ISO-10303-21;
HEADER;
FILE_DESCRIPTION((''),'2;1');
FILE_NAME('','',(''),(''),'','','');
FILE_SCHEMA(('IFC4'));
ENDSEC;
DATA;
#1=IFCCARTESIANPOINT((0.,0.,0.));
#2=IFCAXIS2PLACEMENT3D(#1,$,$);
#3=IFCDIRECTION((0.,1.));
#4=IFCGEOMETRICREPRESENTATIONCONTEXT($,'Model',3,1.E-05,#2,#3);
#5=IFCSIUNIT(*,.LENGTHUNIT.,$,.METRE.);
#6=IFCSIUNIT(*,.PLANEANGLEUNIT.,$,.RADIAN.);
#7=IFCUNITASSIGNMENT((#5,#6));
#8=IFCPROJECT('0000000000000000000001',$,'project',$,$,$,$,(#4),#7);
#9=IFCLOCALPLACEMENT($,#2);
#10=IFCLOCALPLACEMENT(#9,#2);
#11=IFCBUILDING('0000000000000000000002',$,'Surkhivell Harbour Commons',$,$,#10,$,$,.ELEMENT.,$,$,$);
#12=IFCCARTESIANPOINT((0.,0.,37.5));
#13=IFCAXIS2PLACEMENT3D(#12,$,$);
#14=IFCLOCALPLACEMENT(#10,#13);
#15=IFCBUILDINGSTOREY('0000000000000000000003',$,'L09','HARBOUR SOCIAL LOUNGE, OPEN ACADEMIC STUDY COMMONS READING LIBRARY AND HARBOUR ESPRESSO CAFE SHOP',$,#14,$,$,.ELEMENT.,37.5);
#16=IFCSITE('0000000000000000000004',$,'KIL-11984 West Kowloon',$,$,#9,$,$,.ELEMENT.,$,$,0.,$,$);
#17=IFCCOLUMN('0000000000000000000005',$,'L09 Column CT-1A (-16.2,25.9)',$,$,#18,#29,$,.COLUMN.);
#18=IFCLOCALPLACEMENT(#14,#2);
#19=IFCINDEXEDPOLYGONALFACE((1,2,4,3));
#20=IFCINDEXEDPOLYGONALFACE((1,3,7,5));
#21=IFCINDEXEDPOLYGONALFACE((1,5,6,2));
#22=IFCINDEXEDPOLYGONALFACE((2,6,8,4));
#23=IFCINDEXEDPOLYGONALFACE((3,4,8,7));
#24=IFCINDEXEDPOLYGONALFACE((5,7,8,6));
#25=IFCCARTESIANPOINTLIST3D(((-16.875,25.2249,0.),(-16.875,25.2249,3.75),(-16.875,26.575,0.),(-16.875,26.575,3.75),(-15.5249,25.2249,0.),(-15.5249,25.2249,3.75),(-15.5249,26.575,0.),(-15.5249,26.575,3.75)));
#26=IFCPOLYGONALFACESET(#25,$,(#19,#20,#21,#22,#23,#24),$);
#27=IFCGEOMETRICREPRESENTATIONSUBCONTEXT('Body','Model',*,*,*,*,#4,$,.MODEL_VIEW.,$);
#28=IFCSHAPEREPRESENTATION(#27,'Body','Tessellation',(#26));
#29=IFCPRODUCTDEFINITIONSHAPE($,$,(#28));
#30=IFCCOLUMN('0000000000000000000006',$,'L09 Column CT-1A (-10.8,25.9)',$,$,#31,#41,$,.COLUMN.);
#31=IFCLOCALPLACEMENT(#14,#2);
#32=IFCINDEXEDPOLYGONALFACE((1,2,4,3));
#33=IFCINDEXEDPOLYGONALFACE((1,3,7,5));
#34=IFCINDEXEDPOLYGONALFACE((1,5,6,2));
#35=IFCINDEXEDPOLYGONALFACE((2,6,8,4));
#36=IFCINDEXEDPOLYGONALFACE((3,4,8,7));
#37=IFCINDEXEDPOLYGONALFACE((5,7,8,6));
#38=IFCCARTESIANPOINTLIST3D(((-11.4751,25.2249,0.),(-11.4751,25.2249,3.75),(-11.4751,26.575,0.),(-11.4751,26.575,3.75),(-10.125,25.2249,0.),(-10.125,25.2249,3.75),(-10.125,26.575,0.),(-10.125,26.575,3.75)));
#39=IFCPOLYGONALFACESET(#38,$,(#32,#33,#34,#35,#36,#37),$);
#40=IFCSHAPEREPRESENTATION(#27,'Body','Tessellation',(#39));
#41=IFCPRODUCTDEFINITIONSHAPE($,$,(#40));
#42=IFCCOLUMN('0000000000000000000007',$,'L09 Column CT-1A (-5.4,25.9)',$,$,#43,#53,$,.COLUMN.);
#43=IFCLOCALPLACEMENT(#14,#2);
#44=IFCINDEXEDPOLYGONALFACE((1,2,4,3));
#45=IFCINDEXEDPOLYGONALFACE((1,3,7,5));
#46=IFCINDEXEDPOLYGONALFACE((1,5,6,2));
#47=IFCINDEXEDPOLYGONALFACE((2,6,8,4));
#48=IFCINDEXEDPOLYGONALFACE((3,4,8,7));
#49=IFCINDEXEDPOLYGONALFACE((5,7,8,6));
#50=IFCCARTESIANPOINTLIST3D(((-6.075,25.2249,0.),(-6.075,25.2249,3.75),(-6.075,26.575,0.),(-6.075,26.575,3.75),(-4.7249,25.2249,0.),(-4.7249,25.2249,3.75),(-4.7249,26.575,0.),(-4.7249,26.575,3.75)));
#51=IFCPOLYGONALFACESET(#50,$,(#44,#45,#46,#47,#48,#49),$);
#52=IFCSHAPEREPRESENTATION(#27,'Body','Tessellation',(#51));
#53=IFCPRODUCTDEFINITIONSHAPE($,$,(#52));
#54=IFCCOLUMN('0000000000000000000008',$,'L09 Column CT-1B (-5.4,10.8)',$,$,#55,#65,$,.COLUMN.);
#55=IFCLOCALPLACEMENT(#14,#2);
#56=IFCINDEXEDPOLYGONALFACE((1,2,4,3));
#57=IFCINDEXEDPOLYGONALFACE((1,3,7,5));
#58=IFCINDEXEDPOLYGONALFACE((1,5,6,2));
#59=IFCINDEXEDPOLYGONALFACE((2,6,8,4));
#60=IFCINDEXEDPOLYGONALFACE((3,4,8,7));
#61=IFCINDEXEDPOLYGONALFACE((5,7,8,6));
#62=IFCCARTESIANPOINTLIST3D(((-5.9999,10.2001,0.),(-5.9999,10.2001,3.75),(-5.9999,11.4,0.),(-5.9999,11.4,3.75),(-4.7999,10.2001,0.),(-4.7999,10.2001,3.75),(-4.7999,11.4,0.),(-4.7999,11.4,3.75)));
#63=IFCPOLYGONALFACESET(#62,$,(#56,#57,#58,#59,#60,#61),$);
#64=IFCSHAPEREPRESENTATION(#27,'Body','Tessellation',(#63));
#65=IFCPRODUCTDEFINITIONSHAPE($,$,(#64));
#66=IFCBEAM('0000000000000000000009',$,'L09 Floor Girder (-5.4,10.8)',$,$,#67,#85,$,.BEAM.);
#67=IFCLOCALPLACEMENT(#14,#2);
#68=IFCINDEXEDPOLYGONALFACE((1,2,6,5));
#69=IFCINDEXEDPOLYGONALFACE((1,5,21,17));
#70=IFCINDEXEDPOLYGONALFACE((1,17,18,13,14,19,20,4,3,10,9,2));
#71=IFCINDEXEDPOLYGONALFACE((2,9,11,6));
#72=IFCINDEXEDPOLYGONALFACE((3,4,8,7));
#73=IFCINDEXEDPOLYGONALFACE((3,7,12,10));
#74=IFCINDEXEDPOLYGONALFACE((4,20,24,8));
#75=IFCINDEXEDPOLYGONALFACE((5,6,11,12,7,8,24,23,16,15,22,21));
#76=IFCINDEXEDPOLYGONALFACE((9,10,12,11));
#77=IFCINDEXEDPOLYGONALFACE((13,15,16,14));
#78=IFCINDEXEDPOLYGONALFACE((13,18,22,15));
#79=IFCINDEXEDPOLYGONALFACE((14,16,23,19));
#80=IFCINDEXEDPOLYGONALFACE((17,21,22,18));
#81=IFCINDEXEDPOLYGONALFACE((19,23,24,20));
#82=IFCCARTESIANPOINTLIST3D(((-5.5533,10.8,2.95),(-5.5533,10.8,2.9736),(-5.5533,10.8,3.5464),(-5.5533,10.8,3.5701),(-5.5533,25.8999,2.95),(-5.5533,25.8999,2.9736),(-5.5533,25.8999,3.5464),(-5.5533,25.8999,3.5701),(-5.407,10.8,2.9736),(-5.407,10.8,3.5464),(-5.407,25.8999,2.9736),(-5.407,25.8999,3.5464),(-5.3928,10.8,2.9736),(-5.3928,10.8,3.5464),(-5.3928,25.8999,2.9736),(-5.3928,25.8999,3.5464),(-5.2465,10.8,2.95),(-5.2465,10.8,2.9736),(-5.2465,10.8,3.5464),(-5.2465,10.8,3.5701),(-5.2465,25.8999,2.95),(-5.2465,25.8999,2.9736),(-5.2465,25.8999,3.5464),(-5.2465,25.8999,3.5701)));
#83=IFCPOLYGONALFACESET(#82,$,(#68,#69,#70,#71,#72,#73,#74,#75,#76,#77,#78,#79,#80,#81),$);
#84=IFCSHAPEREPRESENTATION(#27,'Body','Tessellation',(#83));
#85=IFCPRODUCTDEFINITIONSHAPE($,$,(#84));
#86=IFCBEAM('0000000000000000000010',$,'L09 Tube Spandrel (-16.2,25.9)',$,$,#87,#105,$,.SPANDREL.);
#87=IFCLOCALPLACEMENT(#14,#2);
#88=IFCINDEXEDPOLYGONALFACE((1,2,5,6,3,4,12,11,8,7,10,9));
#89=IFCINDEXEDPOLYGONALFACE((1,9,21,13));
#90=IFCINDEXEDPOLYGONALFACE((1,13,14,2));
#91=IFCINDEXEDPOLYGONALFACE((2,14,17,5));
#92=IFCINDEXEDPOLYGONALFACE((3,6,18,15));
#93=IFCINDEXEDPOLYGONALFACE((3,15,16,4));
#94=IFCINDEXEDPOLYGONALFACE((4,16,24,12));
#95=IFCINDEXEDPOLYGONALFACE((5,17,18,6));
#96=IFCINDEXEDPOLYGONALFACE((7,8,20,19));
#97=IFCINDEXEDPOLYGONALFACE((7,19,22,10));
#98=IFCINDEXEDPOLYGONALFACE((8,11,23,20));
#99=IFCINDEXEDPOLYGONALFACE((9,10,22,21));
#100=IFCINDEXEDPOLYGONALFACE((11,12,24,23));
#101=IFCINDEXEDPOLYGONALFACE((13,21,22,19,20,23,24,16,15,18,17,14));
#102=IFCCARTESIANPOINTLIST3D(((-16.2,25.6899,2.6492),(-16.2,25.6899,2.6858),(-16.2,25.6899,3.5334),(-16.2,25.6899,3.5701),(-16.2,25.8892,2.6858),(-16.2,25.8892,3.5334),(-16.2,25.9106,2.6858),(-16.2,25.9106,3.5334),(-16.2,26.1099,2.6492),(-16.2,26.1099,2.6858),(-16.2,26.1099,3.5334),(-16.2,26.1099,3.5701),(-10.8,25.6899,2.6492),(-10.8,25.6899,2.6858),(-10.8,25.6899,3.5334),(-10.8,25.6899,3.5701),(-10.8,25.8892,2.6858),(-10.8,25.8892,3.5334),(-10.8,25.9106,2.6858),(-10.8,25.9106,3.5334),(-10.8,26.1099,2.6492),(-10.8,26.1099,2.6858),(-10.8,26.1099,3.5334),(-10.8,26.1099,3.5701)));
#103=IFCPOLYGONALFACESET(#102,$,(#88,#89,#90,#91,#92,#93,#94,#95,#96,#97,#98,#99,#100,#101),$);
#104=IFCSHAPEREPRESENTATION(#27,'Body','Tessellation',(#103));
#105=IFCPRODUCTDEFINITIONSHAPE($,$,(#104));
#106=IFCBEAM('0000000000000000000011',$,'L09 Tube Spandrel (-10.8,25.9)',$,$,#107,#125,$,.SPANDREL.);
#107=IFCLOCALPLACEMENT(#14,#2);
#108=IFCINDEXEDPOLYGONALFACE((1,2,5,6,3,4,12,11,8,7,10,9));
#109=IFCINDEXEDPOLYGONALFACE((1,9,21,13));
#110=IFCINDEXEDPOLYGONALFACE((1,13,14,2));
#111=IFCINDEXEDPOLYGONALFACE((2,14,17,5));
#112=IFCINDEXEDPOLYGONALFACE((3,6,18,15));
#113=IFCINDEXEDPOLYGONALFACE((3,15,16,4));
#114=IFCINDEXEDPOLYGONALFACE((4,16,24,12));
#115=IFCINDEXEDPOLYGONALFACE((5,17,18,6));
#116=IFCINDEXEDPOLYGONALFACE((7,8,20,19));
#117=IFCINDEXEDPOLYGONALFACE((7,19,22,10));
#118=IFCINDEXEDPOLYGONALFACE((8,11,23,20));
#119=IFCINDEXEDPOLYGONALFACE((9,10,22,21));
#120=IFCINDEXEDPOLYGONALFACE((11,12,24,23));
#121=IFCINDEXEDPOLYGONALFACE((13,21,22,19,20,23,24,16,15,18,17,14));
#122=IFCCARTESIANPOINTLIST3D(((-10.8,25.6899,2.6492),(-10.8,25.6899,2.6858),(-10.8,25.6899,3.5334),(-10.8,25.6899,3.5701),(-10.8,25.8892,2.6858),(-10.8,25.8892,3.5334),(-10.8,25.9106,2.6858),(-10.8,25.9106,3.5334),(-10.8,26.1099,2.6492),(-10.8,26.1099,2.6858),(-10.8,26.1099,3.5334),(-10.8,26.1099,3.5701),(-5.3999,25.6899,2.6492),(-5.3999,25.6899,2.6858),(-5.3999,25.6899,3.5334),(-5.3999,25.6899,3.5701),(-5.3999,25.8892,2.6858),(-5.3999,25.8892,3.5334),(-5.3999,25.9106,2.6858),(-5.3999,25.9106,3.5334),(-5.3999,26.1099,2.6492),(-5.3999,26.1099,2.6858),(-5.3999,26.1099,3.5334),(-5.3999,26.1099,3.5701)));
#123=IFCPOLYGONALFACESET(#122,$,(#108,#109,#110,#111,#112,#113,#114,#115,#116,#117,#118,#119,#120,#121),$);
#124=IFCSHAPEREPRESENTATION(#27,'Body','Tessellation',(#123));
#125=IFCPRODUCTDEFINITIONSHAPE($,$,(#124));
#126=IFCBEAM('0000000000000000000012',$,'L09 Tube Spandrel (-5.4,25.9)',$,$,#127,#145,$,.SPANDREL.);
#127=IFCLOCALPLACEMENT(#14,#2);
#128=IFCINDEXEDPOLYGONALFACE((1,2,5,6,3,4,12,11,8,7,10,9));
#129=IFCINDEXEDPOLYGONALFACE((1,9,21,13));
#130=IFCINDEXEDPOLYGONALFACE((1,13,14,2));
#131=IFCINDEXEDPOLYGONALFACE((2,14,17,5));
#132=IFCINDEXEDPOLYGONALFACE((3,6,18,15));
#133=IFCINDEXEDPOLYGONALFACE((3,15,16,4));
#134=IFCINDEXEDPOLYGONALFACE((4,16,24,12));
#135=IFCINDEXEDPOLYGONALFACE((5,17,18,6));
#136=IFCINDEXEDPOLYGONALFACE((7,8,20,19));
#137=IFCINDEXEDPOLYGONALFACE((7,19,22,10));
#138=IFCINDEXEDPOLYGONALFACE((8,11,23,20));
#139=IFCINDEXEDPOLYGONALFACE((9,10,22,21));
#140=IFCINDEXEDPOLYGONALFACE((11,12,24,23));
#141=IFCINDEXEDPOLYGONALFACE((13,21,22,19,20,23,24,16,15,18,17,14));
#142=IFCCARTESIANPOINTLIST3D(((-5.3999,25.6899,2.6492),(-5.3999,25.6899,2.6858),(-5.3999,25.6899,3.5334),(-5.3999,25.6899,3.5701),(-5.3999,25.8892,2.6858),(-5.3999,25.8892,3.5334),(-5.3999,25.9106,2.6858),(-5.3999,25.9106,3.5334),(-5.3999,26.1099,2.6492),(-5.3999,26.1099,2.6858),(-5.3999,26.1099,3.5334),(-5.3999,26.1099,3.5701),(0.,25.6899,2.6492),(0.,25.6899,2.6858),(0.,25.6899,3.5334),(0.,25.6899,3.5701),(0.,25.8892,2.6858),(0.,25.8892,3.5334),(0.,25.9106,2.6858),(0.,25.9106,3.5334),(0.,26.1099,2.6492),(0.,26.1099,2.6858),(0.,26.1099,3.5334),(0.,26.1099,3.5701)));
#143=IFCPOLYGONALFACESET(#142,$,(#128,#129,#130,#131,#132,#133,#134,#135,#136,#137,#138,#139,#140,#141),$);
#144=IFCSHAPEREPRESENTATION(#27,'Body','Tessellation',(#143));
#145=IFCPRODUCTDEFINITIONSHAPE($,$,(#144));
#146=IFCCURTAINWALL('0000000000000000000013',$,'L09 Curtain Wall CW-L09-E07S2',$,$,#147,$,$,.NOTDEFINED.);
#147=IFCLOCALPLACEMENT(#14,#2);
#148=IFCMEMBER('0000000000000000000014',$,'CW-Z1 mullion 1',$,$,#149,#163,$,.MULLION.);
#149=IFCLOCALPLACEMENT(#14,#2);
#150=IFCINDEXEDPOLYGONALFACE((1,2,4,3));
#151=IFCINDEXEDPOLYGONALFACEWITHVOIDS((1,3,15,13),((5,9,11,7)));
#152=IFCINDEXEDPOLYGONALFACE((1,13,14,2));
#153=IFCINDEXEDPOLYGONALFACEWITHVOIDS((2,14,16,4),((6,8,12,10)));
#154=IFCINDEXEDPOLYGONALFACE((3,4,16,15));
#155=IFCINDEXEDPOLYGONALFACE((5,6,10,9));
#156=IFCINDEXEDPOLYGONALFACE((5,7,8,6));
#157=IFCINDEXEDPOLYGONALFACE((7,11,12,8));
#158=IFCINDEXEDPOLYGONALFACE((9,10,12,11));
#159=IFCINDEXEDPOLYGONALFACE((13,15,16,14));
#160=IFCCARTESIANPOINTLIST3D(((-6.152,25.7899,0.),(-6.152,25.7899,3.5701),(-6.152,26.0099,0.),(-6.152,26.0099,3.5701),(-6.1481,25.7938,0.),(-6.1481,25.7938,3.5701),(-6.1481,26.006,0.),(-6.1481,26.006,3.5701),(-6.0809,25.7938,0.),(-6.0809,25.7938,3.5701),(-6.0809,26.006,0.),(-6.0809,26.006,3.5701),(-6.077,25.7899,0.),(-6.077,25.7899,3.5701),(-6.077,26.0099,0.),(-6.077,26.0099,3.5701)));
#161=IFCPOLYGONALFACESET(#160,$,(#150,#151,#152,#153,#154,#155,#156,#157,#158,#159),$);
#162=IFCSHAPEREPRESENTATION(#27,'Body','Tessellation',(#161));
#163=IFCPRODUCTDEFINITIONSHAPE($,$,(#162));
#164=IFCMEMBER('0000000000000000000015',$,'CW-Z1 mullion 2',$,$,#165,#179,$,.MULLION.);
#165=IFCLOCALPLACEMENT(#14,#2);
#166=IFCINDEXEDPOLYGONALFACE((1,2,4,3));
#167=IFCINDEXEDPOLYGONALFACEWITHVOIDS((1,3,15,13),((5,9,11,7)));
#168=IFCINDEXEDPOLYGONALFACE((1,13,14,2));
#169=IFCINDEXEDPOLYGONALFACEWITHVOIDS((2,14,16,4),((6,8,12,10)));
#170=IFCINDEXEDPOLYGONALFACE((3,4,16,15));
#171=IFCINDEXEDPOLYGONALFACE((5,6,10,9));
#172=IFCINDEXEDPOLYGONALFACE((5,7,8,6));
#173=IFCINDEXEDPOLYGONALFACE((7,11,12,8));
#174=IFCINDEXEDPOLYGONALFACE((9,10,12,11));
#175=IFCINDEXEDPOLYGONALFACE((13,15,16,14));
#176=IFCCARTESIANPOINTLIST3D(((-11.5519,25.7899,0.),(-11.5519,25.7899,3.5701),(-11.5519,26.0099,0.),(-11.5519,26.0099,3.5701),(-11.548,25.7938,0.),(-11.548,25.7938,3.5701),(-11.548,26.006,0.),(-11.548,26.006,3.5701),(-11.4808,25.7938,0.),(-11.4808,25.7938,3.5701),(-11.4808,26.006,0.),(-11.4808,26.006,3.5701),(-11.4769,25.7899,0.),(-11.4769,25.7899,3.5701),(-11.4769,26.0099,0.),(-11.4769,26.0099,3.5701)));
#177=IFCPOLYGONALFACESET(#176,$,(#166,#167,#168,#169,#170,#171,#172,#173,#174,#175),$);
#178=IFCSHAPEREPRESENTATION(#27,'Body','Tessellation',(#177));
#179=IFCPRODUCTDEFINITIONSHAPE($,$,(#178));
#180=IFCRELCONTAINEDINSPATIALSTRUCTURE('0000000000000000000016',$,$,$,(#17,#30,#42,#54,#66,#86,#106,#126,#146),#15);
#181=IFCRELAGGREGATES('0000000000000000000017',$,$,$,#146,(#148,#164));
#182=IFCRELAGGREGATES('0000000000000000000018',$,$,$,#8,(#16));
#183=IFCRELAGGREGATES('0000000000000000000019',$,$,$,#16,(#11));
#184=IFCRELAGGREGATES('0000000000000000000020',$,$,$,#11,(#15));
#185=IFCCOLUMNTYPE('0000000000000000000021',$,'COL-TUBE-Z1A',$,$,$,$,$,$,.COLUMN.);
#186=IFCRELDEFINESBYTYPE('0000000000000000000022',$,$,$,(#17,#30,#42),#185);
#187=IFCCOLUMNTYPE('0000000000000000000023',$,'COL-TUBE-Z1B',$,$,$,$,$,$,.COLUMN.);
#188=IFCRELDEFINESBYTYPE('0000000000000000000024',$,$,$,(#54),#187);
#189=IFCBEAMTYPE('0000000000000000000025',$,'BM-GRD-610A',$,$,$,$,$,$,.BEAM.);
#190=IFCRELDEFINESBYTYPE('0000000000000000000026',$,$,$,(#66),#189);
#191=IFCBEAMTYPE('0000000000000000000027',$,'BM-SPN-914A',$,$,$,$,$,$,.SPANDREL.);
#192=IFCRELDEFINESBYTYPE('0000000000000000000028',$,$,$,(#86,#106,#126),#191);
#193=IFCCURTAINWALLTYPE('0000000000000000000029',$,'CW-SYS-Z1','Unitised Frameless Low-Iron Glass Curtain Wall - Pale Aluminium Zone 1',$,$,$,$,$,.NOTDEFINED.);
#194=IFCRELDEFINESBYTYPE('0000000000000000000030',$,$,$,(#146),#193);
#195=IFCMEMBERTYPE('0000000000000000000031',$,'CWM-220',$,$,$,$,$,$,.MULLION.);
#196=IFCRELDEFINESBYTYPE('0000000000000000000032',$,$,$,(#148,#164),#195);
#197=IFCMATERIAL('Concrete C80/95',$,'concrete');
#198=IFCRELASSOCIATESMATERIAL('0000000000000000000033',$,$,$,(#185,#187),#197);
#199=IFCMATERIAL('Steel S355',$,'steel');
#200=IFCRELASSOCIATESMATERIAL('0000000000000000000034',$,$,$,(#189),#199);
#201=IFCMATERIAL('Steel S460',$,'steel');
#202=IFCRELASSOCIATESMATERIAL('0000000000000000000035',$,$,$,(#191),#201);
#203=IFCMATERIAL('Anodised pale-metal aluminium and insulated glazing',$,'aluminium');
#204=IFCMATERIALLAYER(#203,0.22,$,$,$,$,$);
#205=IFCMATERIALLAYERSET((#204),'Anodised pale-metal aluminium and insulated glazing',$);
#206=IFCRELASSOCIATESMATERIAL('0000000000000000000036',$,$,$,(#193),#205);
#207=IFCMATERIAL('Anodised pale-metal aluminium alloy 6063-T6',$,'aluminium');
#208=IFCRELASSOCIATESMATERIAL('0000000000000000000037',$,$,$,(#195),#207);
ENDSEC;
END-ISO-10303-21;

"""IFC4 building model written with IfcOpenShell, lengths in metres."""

from ifc_helpers import new_model, si_unit, direction, frame, origin, origin_2d, place, context, subcontext, project, spatial, rectangle, hollow_rectangle, i_section, extrude, material, layer, layer_set, material_profile, profile_set, type_object, element, aggregate, save


model = new_model("IFC4")

# Units and contexts
model_context = context("Model", 3, precision=1e-05, world=origin(), true_north=direction((0.0, 1.0)))
body_context = subcontext(model_context, "Body", "Model", "MODEL_VIEW")
ifc_project = project(units=[si_unit("LENGTHUNIT", "METRE"), si_unit("PLANEANGLEUNIT", "RADIAN")], contexts=[model_context])

# Site, building, storey
site_placement = place(None, origin())
site = spatial("IfcSite", under=ifc_project, at=site_placement, Name="KIL-11984 West Kowloon", CompositionType="ELEMENT", RefElevation=0.0)
building_placement = place(site_placement, origin())
building = spatial("IfcBuilding", under=site, at=building_placement, Name="Surkhivell Harbour Commons", CompositionType="ELEMENT")
storey_placement = place(building_placement, frame((0.0, 0.0, 37.5)))
storey = spatial("IfcBuildingStorey", under=building, at=storey_placement, Name="L09", Description="HARBOUR SOCIAL LOUNGE, OPEN ACADEMIC STUDY COMMONS READING LIBRARY AND HARBOUR ESPRESSO CAFE SHOP", CompositionType="ELEMENT", Elevation=37.5)

# Columns
ifc_material_1 = material(Name="Concrete C80/95", Category="concrete")
ifc_material_profile_1 = material_profile(ifc_material_1, rectangle(XDim=1.3501, YDim=1.3501, at=origin_2d()), Name="RC-COL-1350x1350")
ifc_profile_set_1 = profile_set([ifc_material_profile_1], Name="Concrete C80/95")
column_type_1 = type_object("IfcColumnType", Name="COL-TUBE-Z1A", PredefinedType="COLUMN", material=ifc_profile_set_1)
for number, where, z_axis, x_axis, name in (
    (1, (-16.2, 25.8999, 0.0), (0.0, 0.0, 1.0), (1.0, 0.0, 0.0), "L09 Column CT-1A (-16.2,25.9)"),
    (2, (-10.8, 25.8999, 0.0), (0.0, 0.0, 1.0), (1.0, 0.0, 0.0), "L09 Column CT-1A (-10.8,25.9)"),
    (3, (-5.3999, 25.8999, 0.0), (0.0, 0.0, 1.0), (1.0, 0.0, 0.0), "L09 Column CT-1A (-5.4,25.9)"),
):
    element("IfcColumn", number, at=place(storey_placement, frame(where, z_axis=z_axis, x_axis=x_axis)), inside=storey, type_object=column_type_1, Name=name, PredefinedType="COLUMN", context=body_context, shape_type="SweptSolid", body=[
        extrude(rectangle(XDim=1.3501, YDim=1.3501, at=origin_2d()), origin(), (0.0, 0.0, 1.0), 3.75),
    ])
ifc_material_profile_2 = material_profile(ifc_material_1, rectangle(XDim=1.2, YDim=1.2, at=origin_2d()), Name="RC-COL-1200x1200")
ifc_profile_set_2 = profile_set([ifc_material_profile_2], Name="Concrete C80/95")
column_type_2 = type_object("IfcColumnType", Name="COL-TUBE-Z1B", PredefinedType="COLUMN", material=ifc_profile_set_2)
column_placement = place(storey_placement, frame((-5.3999, 10.8, 0.0), z_axis=(0.0, 0.0, 1.0), x_axis=(1.0, 0.0, 0.0)))
element("IfcColumn", 4, at=column_placement, inside=storey, type_object=column_type_2, Name="L09 Column CT-1B (-5.4,10.8)", PredefinedType="COLUMN", context=body_context, shape_type="SweptSolid", body=[
    extrude(rectangle(XDim=1.2, YDim=1.2, at=origin_2d()), origin(), (0.0, 0.0, 1.0), 3.75),
])

# Beams
ifc_material_2 = material(Name="Steel S355", Category="steel")
ifc_material_profile_3 = material_profile(ifc_material_2, i_section(OverallWidth=0.3069, OverallDepth=0.6201, WebThickness=0.0142, FlangeThickness=0.0237, at=origin_2d()), Name="UB610x305x179")
ifc_profile_set_3 = profile_set([ifc_material_profile_3], Name="Steel S355")
beam_type_1 = type_object("IfcBeamType", Name="BM-GRD-610A", PredefinedType="BEAM", material=ifc_profile_set_3)
beam_1_placement = place(storey_placement, frame((-5.3999, 10.8, 3.26), z_axis=(0.0, 1.0, 0.0), x_axis=(-1.0, 0.0, 0.0)))
element("IfcBeam", 5, at=beam_1_placement, inside=storey, type_object=beam_type_1, Name="L09 Floor Girder (-5.4,10.8)", PredefinedType="BEAM", context=body_context, shape_type="SweptSolid", body=[
    extrude(i_section(OverallWidth=0.3069, OverallDepth=0.6201, WebThickness=0.0142, FlangeThickness=0.0237, at=origin_2d()), origin(), (0.0, 0.0, 1.0), 15.0999),
])
ifc_material_3 = material(Name="Steel S460", Category="steel")
ifc_material_profile_4 = material_profile(ifc_material_3, i_section(OverallWidth=0.4199, OverallDepth=0.9209, WebThickness=0.0215, FlangeThickness=0.0366, at=origin_2d()), Name="UB914x419x388")
ifc_profile_set_4 = profile_set([ifc_material_profile_4], Name="Steel S460")
beam_type_2 = type_object("IfcBeamType", Name="BM-SPN-914A", PredefinedType="SPANDREL", material=ifc_profile_set_4)
beam_2_placement = place(storey_placement, frame((-16.2, 25.8999, 3.1096), z_axis=(1.0, 0.0, 0.0), x_axis=(0.0, 1.0, 0.0)))
element("IfcBeam", 6, at=beam_2_placement, inside=storey, type_object=beam_type_2, Name="L09 Tube Spandrel (-16.2,25.9)", PredefinedType="SPANDREL", context=body_context, shape_type="SweptSolid", body=[
    extrude(i_section(OverallWidth=0.4199, OverallDepth=0.9209, WebThickness=0.0215, FlangeThickness=0.0366, at=origin_2d()), origin(), (0.0, 0.0, 1.0), 5.3999),
])
beam_3_placement = place(storey_placement, frame((-10.8, 25.8999, 3.1096), z_axis=(1.0, 0.0, 0.0), x_axis=(0.0, 1.0, 0.0)))
element("IfcBeam", 7, at=beam_3_placement, inside=storey, type_object=beam_type_2, Name="L09 Tube Spandrel (-10.8,25.9)", PredefinedType="SPANDREL", context=body_context, shape_type="SweptSolid", body=[
    extrude(i_section(OverallWidth=0.4199, OverallDepth=0.9209, WebThickness=0.0215, FlangeThickness=0.0366, at=origin_2d()), origin(), (0.0, 0.0, 1.0), 5.4001),
])
beam_4_placement = place(storey_placement, frame((-5.3999, 25.8999, 3.1096), z_axis=(1.0, 0.0, 0.0), x_axis=(0.0, 1.0, 0.0)))
element("IfcBeam", 8, at=beam_4_placement, inside=storey, type_object=beam_type_2, Name="L09 Tube Spandrel (-5.4,25.9)", PredefinedType="SPANDREL", context=body_context, shape_type="SweptSolid", body=[
    extrude(i_section(OverallWidth=0.4199, OverallDepth=0.9209, WebThickness=0.0215, FlangeThickness=0.0366, at=origin_2d()), origin(), (0.0, 0.0, 1.0), 5.3999),
])

# Curtain wall, members
ifc_material_4 = material(Name="Anodised pale-metal aluminium and insulated glazing", Category="aluminium")
ifc_layer_1 = layer(ifc_material_4, 0.22)
ifc_layer_set_1 = layer_set([ifc_layer_1], Name="Anodised pale-metal aluminium and insulated glazing")
curtain_wall_type = type_object("IfcCurtainWallType", Name="CW-SYS-Z1", Description="Unitised Frameless Low-Iron Glass Curtain Wall - Pale Aluminium Zone 1", PredefinedType="NOTDEFINED", material=ifc_layer_set_1)
curtain_wall_placement = place(storey_placement, origin())
curtain_wall = element("IfcCurtainWall", 9, at=curtain_wall_placement, inside=storey, type_object=curtain_wall_type, Name="L09 Curtain Wall CW-L09-E07S2", PredefinedType="NOTDEFINED")
ifc_material_5 = material(Name="Anodised pale-metal aluminium alloy 6063-T6", Category="aluminium")
ifc_material_profile_5 = material_profile(ifc_material_5, hollow_rectangle(XDim=0.075, YDim=0.22, WallThickness=0.0039, at=origin_2d()), Name="ALU-MULL-75x220")
ifc_profile_set_5 = profile_set([ifc_material_profile_5], Name="Anodised pale-metal aluminium alloy 6063-T6")
member_type_1 = type_object("IfcMemberType", Name="CWM-220", PredefinedType="MULLION", material=ifc_profile_set_5)
member_1_placement = place(storey_placement, frame((-6.1145, 25.8999, 0.0), z_axis=(0.0, 0.0, 1.0), x_axis=(-1.0, 0.0, 0.0)))
member_1 = element("IfcMember", 10, at=member_1_placement, type_object=member_type_1, Name="CW-Z1 mullion 1", PredefinedType="MULLION", context=body_context, shape_type="SweptSolid", body=[
    extrude(hollow_rectangle(XDim=0.075, YDim=0.22, WallThickness=0.0039, at=origin_2d()), origin(), (0.0, 0.0, 1.0), 3.5701),
])
member_2_placement = place(storey_placement, frame((-11.5144, 25.8999, 0.0), z_axis=(0.0, 0.0, 1.0), x_axis=(-1.0, 0.0, 0.0)))
member_2 = element("IfcMember", 11, at=member_2_placement, type_object=member_type_1, Name="CW-Z1 mullion 2", PredefinedType="MULLION", context=body_context, shape_type="SweptSolid", body=[
    extrude(hollow_rectangle(XDim=0.075, YDim=0.22, WallThickness=0.0039, at=origin_2d()), origin(), (0.0, 0.0, 1.0), 3.5701),
])
aggregate(curtain_wall, [member_1, member_2])

save(model, "model.ifc")
